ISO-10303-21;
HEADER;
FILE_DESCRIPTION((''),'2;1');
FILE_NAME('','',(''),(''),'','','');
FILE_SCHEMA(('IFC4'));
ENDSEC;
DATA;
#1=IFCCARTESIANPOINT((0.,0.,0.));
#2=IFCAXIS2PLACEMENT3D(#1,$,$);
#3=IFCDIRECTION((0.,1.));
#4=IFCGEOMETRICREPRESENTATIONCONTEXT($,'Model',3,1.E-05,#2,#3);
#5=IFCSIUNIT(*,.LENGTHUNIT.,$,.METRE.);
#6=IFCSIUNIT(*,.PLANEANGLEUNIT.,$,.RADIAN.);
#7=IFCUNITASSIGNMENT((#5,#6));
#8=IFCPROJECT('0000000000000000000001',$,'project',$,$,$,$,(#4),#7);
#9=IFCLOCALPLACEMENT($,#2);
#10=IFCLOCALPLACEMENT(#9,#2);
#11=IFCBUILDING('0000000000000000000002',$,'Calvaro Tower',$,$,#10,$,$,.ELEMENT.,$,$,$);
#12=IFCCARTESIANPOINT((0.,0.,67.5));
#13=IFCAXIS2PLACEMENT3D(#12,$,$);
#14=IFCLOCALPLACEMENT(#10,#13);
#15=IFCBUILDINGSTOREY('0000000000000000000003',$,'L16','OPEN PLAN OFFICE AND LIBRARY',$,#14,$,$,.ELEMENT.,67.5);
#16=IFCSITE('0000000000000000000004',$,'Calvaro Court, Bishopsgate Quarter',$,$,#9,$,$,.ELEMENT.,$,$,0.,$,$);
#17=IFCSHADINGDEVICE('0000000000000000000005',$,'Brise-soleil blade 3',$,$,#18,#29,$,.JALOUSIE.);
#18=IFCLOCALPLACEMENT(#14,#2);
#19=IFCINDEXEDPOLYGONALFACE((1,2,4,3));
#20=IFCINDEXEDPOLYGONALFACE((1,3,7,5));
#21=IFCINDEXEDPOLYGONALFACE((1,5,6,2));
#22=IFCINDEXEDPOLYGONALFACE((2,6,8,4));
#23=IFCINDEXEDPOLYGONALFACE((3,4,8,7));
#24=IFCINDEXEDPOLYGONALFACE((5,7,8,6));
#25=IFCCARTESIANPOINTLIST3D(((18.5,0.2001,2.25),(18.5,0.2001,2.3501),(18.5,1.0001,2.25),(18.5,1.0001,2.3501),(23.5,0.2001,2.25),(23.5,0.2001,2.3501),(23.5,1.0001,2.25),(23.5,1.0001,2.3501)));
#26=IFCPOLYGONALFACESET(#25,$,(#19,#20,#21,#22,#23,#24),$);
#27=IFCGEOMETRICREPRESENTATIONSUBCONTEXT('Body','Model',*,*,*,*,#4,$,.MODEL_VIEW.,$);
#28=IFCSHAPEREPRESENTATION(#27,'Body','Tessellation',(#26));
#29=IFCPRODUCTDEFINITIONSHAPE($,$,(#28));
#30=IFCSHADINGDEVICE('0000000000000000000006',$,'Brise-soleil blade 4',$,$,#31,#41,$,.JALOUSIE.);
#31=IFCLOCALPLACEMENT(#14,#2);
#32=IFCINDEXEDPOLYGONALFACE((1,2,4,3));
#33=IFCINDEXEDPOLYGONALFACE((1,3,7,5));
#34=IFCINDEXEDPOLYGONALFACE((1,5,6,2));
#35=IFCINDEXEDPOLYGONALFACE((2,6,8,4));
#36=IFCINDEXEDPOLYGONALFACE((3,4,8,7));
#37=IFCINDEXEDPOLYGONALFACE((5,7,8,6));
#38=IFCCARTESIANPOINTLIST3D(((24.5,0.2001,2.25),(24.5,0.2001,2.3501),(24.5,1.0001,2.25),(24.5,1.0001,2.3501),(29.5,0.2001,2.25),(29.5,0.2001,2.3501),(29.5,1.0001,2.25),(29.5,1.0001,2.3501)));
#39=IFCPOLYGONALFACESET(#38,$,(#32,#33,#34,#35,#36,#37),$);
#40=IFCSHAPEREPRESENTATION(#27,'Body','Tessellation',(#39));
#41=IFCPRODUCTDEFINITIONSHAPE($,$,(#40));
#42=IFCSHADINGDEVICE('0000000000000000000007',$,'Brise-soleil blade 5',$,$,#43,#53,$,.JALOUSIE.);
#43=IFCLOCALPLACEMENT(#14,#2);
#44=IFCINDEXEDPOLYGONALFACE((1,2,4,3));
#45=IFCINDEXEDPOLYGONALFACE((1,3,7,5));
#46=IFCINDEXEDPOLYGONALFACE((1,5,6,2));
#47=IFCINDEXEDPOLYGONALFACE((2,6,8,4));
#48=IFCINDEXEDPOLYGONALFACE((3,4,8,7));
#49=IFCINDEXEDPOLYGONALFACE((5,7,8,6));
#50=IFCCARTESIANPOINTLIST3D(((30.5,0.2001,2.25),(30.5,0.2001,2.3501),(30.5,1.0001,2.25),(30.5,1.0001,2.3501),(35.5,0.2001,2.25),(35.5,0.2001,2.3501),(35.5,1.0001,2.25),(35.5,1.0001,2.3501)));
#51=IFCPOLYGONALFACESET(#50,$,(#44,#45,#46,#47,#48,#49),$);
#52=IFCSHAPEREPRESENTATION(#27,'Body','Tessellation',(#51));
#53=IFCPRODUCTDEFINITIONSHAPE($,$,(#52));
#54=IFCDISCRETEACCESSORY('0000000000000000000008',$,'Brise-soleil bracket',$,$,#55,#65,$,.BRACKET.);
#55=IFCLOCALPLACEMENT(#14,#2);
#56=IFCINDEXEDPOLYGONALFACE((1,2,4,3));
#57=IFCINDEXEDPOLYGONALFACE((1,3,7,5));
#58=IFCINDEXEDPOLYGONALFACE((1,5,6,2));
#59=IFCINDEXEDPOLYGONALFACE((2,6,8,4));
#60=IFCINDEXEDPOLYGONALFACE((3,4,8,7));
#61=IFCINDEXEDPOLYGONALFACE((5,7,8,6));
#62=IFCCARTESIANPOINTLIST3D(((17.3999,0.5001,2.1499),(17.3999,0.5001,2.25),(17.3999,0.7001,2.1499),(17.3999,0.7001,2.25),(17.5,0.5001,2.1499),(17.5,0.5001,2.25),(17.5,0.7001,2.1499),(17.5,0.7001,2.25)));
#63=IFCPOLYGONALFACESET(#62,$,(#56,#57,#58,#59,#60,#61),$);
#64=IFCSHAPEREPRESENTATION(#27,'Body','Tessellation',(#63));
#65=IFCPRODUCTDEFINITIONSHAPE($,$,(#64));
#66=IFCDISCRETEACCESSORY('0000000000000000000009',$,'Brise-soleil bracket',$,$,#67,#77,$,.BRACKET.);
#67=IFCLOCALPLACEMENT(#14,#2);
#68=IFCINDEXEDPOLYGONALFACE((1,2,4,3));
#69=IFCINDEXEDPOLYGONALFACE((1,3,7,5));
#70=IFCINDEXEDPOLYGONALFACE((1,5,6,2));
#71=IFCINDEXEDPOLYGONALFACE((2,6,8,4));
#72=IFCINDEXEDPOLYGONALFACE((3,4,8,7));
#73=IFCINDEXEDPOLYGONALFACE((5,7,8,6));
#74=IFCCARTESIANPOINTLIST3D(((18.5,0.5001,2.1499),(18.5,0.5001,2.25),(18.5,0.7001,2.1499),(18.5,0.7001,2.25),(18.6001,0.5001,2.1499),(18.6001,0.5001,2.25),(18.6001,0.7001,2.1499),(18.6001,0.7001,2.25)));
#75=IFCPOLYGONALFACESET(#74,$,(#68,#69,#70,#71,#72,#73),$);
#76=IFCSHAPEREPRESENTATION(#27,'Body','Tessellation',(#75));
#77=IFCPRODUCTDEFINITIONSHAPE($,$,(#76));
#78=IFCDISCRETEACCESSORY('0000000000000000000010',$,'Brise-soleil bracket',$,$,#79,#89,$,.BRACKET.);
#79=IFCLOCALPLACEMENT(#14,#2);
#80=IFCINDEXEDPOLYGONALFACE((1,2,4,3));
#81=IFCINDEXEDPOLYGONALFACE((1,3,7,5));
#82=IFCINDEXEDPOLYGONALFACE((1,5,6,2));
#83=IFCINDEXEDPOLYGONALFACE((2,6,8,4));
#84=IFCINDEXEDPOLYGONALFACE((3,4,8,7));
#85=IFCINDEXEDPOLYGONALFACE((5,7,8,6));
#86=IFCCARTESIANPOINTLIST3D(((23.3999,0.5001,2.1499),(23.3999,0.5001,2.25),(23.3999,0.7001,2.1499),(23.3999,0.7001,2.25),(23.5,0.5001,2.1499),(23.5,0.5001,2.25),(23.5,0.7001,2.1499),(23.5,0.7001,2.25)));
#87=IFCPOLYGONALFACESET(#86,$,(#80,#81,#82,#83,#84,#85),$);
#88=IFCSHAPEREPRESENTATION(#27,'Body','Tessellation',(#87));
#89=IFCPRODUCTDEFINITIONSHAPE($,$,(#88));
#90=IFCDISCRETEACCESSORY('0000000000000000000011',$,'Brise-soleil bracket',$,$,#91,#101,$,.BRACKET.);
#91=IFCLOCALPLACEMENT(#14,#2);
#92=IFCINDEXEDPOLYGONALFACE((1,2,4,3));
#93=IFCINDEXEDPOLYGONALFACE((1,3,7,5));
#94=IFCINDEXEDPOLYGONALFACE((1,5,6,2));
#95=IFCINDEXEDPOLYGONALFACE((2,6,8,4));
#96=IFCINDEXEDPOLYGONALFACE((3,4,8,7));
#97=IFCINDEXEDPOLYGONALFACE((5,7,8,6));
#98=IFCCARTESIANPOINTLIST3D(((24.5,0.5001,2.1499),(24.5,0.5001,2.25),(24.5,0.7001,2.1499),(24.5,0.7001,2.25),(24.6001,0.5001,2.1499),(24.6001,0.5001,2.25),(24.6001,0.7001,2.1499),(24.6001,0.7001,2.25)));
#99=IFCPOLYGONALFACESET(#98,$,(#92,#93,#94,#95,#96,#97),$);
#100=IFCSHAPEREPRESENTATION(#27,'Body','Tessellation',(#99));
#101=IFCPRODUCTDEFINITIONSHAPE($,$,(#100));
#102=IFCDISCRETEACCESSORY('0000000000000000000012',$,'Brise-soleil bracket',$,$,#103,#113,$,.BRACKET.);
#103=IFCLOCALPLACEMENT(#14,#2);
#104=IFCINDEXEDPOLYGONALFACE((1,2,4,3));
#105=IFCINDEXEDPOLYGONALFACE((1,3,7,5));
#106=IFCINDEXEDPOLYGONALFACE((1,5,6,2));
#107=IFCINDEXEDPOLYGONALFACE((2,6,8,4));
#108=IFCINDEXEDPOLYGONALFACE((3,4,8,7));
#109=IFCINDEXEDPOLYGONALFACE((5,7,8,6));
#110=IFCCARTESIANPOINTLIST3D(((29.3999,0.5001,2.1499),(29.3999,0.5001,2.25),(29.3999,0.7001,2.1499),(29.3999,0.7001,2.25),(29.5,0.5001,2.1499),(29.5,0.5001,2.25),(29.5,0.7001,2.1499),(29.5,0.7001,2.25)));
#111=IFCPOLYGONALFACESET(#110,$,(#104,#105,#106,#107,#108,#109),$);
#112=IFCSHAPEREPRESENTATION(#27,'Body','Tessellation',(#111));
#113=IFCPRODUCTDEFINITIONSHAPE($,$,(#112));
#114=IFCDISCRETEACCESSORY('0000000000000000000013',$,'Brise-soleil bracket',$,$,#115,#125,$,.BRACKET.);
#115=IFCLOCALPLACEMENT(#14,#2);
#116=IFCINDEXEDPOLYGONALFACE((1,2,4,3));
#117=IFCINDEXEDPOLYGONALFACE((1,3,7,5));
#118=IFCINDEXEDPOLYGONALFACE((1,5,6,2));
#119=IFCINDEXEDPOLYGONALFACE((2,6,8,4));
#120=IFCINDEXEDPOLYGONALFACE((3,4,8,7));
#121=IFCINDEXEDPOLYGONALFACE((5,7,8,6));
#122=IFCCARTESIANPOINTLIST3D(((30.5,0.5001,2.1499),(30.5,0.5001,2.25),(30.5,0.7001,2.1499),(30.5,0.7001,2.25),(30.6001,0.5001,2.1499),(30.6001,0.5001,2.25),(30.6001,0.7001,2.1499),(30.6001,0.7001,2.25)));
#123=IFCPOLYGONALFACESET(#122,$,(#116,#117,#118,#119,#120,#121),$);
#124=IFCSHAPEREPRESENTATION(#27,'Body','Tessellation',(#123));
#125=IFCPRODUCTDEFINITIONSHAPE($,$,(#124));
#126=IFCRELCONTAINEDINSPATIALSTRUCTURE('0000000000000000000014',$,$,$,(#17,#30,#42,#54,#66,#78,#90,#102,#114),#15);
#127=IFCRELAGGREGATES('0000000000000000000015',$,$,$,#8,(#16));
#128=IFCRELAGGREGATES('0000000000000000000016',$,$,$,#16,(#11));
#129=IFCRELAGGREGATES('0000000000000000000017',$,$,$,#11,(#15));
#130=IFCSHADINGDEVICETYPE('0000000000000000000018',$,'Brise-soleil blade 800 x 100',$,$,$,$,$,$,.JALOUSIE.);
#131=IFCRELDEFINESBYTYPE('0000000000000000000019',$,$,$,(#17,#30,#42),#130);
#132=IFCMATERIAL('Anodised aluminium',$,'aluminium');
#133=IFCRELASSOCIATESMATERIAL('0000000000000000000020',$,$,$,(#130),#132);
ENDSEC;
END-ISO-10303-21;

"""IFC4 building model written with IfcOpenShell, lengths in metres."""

from ifc_helpers import new_model, si_unit, direction, frame, origin, origin_2d, place, context, subcontext, project, spatial, rectangle, extrude, material, material_profile, profile_set, type_object, element, save


model = new_model("IFC4")

# Units and contexts
model_context = context("Model", 3, precision=1e-05, world=origin(), true_north=direction((0.0, 1.0)))
body_context = subcontext(model_context, "Body", "Model", "MODEL_VIEW")
ifc_project = project(units=[si_unit("LENGTHUNIT", "METRE"), si_unit("PLANEANGLEUNIT", "RADIAN")], contexts=[model_context])

# Site, building, storey
site_placement = place(None, origin())
site = spatial("IfcSite", under=ifc_project, at=site_placement, Name="Calvaro Court, Bishopsgate Quarter", CompositionType="ELEMENT", RefElevation=0.0)
building_placement = place(site_placement, origin())
building = spatial("IfcBuilding", under=site, at=building_placement, Name="Calvaro Tower", CompositionType="ELEMENT")
storey_placement = place(building_placement, frame((0.0, 0.0, 67.5)))
storey = spatial("IfcBuildingStorey", under=building, at=storey_placement, Name="L16", Description="OPEN PLAN OFFICE AND LIBRARY", CompositionType="ELEMENT", Elevation=67.5)

# Shading devices
ifc_material_1 = material(Name="Anodised aluminium", Category="aluminium")
ifc_material_profile_1 = material_profile(ifc_material_1, rectangle(XDim=0.8, YDim=0.1001, at=origin_2d()), Name="Brise-soleil blade 800 x 100")
ifc_profile_set_1 = profile_set([ifc_material_profile_1], Name="Anodised aluminium")
shading_device_type = type_object("IfcShadingDeviceType", Name="Brise-soleil blade 800 x 100", PredefinedType="JALOUSIE", material=ifc_profile_set_1)
for number, where, z_axis, x_axis, name in (
    (1, (18.5, 0.6001, 2.3), (1.0, 0.0, 0.0), (0.0, 1.0, 0.0), "Brise-soleil blade 3"),
    (2, (24.5, 0.6001, 2.3), (1.0, 0.0, 0.0), (0.0, 1.0, 0.0), "Brise-soleil blade 4"),
    (3, (30.5, 0.6001, 2.3), (1.0, 0.0, 0.0), (0.0, 1.0, 0.0), "Brise-soleil blade 5"),
):
    element("IfcShadingDevice", number, at=place(storey_placement, frame(where, z_axis=z_axis, x_axis=x_axis)), inside=storey, type_object=shading_device_type, Name=name, PredefinedType="JALOUSIE", context=body_context, shape_type="SweptSolid", body=[
        extrude(rectangle(XDim=0.8, YDim=0.1001, at=origin_2d()), origin(), (0.0, 0.0, 1.0), 5.0),
    ])

# Discrete accessories
for number, where, z_axis, x_axis, name in (
    (4, (17.45, 0.6001, 2.1499), (0.0, 0.0, 1.0), (1.0, 0.0, 0.0), "Brise-soleil bracket"),
    (5, (18.55, 0.6001, 2.1499), (0.0, 0.0, 1.0), (1.0, 0.0, 0.0), "Brise-soleil bracket"),
    (6, (23.45, 0.6001, 2.1499), (0.0, 0.0, 1.0), (1.0, 0.0, 0.0), "Brise-soleil bracket"),
    (7, (24.55, 0.6001, 2.1499), (0.0, 0.0, 1.0), (1.0, 0.0, 0.0), "Brise-soleil bracket"),
    (8, (29.45, 0.6001, 2.1499), (0.0, 0.0, 1.0), (1.0, 0.0, 0.0), "Brise-soleil bracket"),
    (9, (30.55, 0.6001, 2.1499), (0.0, 0.0, 1.0), (1.0, 0.0, 0.0), "Brise-soleil bracket"),
):
    element("IfcDiscreteAccessory", number, at=place(storey_placement, frame(where, z_axis=z_axis, x_axis=x_axis)), inside=storey, Name=name, PredefinedType="BRACKET", context=body_context, shape_type="SweptSolid", body=[
        extrude(rectangle(XDim=0.1001, YDim=0.2, at=origin_2d()), origin(), (0.0, 0.0, 1.0), 0.1001),
    ])

save(model, "model.ifc")
